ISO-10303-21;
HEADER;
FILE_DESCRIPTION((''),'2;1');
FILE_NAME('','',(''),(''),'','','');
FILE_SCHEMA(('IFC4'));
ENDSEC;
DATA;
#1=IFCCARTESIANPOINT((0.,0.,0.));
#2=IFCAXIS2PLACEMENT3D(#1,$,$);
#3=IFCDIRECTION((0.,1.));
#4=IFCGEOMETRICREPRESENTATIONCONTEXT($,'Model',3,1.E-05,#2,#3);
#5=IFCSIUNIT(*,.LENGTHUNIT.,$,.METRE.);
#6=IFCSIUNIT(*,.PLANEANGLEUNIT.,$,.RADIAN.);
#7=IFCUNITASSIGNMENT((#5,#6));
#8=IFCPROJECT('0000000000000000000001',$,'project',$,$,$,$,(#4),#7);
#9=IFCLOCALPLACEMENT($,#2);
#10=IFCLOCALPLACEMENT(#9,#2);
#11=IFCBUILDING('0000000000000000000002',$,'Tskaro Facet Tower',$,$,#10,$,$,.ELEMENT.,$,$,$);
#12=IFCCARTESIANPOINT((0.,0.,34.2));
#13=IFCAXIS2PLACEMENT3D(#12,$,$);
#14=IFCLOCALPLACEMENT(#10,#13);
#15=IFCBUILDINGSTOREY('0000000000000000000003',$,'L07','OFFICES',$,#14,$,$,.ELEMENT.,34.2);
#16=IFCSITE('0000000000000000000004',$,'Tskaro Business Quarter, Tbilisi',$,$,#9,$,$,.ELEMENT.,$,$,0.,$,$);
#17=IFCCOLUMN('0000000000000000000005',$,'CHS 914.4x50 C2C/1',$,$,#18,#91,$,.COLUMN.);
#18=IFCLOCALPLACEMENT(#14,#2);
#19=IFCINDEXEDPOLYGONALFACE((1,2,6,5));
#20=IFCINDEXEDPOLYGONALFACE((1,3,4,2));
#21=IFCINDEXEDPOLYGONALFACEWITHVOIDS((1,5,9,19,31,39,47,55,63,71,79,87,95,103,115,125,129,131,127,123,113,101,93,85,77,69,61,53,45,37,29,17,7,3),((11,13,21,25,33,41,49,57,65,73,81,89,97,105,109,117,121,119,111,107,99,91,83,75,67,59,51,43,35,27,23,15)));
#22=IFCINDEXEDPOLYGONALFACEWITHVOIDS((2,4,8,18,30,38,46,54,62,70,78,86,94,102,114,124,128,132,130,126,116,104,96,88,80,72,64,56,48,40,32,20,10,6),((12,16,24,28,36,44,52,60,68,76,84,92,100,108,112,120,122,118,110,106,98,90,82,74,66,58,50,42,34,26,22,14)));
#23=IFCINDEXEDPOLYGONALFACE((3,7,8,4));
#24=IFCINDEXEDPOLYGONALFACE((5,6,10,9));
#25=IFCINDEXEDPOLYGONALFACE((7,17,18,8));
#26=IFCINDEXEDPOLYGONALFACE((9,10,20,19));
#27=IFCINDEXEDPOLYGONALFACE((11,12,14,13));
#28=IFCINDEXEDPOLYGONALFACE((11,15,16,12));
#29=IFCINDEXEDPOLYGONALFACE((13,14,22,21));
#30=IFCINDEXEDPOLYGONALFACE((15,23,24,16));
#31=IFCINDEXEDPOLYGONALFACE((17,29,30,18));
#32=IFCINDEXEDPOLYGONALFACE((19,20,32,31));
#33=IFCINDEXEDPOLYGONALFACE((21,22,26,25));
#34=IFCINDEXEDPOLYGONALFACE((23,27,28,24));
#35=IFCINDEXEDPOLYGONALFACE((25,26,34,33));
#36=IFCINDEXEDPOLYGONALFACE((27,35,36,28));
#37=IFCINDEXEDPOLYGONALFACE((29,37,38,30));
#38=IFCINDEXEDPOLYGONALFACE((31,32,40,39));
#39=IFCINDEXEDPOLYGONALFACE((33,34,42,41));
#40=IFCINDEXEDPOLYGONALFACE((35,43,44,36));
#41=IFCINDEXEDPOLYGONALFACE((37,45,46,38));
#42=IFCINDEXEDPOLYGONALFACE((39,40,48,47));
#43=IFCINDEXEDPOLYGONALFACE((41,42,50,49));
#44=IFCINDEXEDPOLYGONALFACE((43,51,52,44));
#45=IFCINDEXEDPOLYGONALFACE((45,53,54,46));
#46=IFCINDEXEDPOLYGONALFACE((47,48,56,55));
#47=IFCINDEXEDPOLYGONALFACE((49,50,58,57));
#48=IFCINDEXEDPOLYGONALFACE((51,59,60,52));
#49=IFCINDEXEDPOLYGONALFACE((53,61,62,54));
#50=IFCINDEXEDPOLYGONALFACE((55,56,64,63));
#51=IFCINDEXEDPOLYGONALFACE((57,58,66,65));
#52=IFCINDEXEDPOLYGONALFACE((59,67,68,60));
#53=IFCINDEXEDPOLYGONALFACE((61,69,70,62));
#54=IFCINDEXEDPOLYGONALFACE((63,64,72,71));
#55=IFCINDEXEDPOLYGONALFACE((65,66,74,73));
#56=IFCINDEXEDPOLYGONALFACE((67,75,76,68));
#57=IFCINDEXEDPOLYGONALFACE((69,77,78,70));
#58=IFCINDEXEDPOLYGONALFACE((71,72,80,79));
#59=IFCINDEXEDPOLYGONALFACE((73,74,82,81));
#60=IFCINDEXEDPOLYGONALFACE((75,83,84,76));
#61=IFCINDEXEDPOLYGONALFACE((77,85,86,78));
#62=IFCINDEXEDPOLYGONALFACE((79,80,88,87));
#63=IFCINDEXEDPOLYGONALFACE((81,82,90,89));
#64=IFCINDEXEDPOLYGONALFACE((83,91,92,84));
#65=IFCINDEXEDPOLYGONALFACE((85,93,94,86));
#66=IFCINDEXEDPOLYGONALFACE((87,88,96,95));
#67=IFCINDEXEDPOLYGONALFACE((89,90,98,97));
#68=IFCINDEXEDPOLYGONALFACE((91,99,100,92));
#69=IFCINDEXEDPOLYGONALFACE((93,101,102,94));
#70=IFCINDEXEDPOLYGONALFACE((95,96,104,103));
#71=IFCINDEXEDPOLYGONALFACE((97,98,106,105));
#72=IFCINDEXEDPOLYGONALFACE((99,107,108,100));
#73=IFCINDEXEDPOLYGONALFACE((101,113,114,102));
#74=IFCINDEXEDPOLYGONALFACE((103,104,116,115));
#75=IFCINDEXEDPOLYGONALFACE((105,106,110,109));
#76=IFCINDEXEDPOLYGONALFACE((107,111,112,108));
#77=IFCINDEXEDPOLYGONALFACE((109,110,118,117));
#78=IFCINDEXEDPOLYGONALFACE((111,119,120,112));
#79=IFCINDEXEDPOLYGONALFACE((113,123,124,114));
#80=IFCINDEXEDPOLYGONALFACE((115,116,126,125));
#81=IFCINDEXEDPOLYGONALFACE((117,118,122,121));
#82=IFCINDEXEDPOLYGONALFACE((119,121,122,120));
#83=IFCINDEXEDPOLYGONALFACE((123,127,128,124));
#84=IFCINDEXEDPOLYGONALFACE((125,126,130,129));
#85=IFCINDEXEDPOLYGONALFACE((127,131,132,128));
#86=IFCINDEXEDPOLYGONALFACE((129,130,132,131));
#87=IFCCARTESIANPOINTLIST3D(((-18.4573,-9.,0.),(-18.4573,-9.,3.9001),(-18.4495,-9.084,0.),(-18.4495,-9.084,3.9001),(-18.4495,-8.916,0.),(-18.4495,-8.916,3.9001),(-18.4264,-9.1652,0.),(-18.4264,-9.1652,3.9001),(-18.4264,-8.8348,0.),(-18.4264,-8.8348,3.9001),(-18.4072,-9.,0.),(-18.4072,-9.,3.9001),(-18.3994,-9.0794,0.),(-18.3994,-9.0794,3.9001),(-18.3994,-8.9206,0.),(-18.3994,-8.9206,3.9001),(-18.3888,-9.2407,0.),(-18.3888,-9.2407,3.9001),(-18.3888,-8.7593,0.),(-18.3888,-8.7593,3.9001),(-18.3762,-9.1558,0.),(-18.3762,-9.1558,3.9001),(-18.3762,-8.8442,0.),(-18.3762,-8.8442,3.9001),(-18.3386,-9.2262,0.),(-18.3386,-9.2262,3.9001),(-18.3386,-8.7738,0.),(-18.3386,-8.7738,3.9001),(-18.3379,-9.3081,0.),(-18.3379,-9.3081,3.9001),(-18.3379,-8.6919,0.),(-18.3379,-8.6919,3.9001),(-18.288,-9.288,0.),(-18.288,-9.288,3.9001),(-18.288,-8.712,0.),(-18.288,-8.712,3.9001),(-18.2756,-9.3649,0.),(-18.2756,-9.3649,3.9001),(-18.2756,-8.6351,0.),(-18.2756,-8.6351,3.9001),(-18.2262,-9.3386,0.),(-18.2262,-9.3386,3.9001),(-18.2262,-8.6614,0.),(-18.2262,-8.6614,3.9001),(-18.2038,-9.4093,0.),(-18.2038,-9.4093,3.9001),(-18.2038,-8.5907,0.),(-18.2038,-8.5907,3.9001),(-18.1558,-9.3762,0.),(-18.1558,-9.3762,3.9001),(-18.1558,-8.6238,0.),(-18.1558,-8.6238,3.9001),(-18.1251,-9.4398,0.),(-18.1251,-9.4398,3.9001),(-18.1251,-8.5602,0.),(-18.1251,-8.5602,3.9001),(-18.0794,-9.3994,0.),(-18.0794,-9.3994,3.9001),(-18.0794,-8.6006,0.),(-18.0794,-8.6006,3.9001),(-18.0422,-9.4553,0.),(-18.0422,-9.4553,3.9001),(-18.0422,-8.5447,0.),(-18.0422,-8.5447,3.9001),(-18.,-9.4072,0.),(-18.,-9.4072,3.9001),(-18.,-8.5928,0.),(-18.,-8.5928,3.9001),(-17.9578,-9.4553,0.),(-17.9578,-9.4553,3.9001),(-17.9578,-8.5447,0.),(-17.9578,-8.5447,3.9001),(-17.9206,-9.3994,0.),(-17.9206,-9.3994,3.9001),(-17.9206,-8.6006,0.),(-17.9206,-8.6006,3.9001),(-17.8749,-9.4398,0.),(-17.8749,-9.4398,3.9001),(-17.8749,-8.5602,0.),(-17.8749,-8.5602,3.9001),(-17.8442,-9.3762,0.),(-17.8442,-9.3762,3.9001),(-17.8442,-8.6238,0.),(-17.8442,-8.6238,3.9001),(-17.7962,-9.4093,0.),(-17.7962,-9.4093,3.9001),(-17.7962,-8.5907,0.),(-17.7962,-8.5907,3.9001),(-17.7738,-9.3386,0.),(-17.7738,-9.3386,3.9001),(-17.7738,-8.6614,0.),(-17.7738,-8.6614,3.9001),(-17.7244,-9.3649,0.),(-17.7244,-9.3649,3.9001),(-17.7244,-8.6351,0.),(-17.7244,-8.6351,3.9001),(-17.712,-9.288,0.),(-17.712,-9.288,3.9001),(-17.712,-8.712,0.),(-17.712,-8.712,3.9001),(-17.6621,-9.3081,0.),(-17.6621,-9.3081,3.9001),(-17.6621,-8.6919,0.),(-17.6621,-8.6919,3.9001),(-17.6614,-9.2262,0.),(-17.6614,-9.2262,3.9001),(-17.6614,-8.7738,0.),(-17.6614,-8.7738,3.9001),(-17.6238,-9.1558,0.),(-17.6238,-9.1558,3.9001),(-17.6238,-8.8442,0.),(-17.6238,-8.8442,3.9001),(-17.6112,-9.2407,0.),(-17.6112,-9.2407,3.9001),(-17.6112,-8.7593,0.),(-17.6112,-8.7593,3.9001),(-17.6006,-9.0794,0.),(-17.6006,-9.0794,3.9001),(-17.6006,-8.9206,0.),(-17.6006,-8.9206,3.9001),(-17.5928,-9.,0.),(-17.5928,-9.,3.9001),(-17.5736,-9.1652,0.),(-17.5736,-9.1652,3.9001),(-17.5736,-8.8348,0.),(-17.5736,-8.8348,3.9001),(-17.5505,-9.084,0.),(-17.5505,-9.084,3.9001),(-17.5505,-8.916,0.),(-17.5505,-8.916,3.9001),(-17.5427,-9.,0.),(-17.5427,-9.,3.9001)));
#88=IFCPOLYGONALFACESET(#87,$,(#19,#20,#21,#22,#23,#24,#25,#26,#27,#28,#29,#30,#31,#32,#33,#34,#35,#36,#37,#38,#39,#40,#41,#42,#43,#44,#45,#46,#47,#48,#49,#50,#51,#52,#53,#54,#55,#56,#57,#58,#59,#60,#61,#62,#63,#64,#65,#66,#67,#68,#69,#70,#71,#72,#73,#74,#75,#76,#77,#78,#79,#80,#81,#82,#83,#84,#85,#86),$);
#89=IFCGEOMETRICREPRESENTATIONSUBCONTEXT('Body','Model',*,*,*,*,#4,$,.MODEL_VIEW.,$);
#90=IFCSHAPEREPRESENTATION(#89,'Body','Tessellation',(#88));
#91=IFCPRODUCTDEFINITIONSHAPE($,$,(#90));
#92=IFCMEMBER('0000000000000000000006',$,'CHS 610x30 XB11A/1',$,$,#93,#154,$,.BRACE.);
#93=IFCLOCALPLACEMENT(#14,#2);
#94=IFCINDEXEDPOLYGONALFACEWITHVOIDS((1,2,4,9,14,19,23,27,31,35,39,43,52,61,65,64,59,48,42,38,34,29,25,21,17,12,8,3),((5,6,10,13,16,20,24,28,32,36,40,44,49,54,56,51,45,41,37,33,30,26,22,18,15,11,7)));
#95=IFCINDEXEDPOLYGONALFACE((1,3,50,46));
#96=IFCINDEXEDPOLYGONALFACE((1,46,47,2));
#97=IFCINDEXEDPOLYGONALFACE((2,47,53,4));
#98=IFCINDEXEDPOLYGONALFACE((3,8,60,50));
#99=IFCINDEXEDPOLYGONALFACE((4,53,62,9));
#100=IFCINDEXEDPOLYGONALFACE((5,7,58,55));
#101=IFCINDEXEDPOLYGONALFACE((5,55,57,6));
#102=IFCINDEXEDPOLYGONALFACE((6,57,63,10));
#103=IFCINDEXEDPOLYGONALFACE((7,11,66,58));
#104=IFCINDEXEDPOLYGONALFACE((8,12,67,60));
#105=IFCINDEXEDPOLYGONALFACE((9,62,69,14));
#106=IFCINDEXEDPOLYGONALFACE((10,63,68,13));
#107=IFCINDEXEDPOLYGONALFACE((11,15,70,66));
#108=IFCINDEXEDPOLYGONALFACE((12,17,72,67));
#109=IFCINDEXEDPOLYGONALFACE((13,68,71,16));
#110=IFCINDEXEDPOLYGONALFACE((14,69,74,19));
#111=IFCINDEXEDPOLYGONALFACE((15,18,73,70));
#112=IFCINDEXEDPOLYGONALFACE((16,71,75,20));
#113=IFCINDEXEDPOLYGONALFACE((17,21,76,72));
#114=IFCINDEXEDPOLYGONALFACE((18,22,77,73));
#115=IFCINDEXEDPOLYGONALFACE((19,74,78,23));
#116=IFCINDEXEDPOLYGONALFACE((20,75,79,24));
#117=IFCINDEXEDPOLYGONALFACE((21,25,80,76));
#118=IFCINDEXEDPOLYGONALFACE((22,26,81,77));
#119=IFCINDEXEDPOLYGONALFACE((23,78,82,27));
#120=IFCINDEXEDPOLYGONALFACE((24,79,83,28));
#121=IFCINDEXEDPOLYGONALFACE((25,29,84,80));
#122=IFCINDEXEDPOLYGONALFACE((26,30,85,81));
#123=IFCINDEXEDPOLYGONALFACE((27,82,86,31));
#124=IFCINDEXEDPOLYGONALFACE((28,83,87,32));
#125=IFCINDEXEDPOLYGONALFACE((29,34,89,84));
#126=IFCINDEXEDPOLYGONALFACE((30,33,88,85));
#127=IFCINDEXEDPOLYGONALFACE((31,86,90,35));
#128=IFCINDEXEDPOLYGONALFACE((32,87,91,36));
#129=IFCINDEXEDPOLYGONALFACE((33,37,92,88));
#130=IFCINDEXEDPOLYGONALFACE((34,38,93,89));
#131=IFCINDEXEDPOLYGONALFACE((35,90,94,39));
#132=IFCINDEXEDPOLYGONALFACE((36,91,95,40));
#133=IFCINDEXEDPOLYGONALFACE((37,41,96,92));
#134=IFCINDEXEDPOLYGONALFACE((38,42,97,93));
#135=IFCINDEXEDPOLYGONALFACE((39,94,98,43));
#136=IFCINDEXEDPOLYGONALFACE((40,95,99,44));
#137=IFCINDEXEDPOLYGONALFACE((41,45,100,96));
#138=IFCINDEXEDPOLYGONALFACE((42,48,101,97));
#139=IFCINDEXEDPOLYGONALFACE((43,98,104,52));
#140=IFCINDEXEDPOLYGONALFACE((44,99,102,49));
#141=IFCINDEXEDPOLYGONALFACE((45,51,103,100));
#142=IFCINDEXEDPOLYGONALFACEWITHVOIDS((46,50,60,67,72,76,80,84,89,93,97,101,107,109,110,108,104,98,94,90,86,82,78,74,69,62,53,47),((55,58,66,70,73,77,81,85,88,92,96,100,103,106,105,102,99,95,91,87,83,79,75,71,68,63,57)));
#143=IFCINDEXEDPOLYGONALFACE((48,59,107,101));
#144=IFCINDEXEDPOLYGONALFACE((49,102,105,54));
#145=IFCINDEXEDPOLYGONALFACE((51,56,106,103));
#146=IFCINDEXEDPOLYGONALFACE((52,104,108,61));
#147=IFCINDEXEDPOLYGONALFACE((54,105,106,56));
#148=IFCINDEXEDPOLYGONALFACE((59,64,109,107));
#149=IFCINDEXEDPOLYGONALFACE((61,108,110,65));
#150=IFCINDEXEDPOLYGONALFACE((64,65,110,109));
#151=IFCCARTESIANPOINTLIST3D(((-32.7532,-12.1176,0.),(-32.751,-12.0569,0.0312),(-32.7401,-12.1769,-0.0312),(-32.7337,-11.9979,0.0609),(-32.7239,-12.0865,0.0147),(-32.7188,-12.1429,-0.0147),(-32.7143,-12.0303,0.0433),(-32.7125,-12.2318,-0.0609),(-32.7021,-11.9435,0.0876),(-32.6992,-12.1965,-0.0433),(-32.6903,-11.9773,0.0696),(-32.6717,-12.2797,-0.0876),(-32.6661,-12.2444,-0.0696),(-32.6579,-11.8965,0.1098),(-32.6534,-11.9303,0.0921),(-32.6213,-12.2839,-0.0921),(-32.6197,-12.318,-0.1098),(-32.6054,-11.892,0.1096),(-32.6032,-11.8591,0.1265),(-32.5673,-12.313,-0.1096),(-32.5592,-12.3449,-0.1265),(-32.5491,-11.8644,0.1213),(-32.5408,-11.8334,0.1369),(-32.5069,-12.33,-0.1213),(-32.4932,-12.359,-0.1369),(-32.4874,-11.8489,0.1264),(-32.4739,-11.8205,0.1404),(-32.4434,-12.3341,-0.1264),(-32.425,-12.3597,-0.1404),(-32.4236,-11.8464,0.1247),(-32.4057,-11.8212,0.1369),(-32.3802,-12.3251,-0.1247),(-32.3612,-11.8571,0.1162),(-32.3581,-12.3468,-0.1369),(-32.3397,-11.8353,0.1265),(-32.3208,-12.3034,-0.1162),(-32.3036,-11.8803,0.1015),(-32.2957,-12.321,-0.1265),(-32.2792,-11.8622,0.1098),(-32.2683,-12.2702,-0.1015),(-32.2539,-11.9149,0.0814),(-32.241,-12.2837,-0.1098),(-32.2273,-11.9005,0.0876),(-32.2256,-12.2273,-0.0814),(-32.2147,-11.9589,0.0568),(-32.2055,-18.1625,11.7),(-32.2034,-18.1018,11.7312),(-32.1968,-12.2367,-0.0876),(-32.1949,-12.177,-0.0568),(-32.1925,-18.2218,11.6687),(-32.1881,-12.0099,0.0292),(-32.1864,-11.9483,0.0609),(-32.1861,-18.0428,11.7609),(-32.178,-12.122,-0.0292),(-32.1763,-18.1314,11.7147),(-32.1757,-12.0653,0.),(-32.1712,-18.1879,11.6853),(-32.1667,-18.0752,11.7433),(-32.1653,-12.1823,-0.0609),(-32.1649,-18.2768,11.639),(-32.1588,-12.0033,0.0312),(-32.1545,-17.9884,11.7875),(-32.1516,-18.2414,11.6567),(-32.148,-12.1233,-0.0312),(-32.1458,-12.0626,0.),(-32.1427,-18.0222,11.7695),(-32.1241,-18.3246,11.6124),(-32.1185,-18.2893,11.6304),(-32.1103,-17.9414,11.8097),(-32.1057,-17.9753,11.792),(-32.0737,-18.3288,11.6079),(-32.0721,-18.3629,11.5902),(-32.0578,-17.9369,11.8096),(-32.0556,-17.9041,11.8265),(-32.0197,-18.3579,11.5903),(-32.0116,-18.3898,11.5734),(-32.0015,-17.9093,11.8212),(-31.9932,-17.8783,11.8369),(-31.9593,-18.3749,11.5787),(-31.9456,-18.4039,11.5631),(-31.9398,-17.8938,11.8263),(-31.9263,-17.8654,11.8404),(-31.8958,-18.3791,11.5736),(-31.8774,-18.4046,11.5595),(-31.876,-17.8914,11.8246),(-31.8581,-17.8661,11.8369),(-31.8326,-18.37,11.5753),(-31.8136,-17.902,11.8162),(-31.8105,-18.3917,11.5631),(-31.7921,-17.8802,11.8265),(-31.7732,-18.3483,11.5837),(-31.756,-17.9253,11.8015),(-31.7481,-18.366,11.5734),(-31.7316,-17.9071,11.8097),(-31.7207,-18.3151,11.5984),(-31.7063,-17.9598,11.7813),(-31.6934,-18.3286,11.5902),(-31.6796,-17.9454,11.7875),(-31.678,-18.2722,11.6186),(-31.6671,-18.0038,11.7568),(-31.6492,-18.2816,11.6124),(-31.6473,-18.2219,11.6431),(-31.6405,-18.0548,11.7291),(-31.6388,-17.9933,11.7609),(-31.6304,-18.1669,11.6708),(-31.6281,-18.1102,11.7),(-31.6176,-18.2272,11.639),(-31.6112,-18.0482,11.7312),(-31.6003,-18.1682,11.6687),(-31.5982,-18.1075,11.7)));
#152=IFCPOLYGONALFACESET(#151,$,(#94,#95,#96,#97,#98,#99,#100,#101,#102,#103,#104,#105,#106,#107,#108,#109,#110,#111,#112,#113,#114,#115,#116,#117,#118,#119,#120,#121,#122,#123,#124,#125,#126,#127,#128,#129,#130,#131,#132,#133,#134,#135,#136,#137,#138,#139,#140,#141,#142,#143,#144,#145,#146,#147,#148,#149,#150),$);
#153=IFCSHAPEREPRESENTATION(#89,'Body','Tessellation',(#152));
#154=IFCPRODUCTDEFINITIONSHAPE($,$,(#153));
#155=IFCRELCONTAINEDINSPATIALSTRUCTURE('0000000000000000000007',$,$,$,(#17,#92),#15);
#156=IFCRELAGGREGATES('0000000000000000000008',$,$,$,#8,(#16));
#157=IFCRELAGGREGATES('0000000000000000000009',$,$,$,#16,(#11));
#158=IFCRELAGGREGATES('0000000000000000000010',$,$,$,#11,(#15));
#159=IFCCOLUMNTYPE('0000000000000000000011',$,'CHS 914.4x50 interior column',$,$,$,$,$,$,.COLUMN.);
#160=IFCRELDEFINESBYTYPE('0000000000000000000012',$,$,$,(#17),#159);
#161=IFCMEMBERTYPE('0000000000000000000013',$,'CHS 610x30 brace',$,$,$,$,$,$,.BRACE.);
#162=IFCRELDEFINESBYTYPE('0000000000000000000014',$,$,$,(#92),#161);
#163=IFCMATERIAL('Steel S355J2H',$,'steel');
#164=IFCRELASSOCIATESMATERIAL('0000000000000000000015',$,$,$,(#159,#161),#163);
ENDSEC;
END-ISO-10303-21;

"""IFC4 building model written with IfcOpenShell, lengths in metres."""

from ifc_helpers import new_model, si_unit, direction, frame, origin, origin_2d, place, context, subcontext, project, spatial, hollow_circle, extrude, material, material_profile, profile_set, type_object, element, save


model = new_model("IFC4")

# Units and contexts
model_context = context("Model", 3, precision=1e-05, world=origin(), true_north=direction((0.0, 1.0)))
body_context = subcontext(model_context, "Body", "Model", "MODEL_VIEW")
ifc_project = project(units=[si_unit("LENGTHUNIT", "METRE"), si_unit("PLANEANGLEUNIT", "RADIAN")], contexts=[model_context])

# Site, building, storey
site_placement = place(None, origin())
site = spatial("IfcSite", under=ifc_project, at=site_placement, Name="Tskaro Business Quarter, Tbilisi", CompositionType="ELEMENT", RefElevation=0.0)
building_placement = place(site_placement, origin())
building = spatial("IfcBuilding", under=site, at=building_placement, Name="Tskaro Facet Tower", CompositionType="ELEMENT")
storey_placement = place(building_placement, frame((0.0, 0.0, 34.2)))
storey = spatial("IfcBuildingStorey", under=building, at=storey_placement, Name="L07", Description="OFFICES", CompositionType="ELEMENT", Elevation=34.2)

# Column
ifc_material_1 = material(Name="Steel S355J2H", Category="steel")
ifc_material_profile_1 = material_profile(ifc_material_1, hollow_circle(Radius=0.4573, WallThickness=0.05, at=origin_2d()), Name="CHS 914.4x50")
ifc_profile_set_1 = profile_set([ifc_material_profile_1], Name="Steel S355J2H")
column_type_1 = type_object("IfcColumnType", Name="CHS 914.4x50 interior column", PredefinedType="COLUMN", material=ifc_profile_set_1)
column_placement = place(storey_placement, frame((-18.0, -9.0, 0.0), z_axis=(0.0, 0.0, 1.0), x_axis=(1.0, 0.0, 0.0)))
element("IfcColumn", 1, at=column_placement, inside=storey, type_object=column_type_1, Name="CHS 914.4x50 C2C/1", PredefinedType="COLUMN", context=body_context, shape_type="SweptSolid", body=[
    extrude(hollow_circle(Radius=0.4573, WallThickness=0.05, at=origin_2d()), origin(), (0.0, 0.0, 1.0), 3.9001),
])

# Member
ifc_material_profile_2 = material_profile(ifc_material_1, hollow_circle(Radius=0.3049, WallThickness=0.03, at=origin_2d()), Name="CHS 610x30")
ifc_profile_set_2 = profile_set([ifc_material_profile_2], Name="Steel S355J2H")
member_type_1 = type_object("IfcMemberType", Name="CHS 610x30 brace", PredefinedType="BRACE", material=ifc_profile_set_2)
member_1_placement = place(storey_placement, frame((-32.4495, -12.0901, 0.0), z_axis=(0.041546, -0.458621, 0.88766), x_axis=(0.995922, 0.09022, 0.0)))
element("IfcMember", 2, at=member_1_placement, inside=storey, type_object=member_type_1, Name="CHS 610x30 XB11A/1", PredefinedType="BRACE", context=body_context, shape_type="SweptSolid", body=[
    extrude(hollow_circle(Radius=0.3049, WallThickness=0.03, at=origin_2d()), origin(), (0.0, 0.0, 1.0), 13.1807),
])

save(model, "model.ifc")
